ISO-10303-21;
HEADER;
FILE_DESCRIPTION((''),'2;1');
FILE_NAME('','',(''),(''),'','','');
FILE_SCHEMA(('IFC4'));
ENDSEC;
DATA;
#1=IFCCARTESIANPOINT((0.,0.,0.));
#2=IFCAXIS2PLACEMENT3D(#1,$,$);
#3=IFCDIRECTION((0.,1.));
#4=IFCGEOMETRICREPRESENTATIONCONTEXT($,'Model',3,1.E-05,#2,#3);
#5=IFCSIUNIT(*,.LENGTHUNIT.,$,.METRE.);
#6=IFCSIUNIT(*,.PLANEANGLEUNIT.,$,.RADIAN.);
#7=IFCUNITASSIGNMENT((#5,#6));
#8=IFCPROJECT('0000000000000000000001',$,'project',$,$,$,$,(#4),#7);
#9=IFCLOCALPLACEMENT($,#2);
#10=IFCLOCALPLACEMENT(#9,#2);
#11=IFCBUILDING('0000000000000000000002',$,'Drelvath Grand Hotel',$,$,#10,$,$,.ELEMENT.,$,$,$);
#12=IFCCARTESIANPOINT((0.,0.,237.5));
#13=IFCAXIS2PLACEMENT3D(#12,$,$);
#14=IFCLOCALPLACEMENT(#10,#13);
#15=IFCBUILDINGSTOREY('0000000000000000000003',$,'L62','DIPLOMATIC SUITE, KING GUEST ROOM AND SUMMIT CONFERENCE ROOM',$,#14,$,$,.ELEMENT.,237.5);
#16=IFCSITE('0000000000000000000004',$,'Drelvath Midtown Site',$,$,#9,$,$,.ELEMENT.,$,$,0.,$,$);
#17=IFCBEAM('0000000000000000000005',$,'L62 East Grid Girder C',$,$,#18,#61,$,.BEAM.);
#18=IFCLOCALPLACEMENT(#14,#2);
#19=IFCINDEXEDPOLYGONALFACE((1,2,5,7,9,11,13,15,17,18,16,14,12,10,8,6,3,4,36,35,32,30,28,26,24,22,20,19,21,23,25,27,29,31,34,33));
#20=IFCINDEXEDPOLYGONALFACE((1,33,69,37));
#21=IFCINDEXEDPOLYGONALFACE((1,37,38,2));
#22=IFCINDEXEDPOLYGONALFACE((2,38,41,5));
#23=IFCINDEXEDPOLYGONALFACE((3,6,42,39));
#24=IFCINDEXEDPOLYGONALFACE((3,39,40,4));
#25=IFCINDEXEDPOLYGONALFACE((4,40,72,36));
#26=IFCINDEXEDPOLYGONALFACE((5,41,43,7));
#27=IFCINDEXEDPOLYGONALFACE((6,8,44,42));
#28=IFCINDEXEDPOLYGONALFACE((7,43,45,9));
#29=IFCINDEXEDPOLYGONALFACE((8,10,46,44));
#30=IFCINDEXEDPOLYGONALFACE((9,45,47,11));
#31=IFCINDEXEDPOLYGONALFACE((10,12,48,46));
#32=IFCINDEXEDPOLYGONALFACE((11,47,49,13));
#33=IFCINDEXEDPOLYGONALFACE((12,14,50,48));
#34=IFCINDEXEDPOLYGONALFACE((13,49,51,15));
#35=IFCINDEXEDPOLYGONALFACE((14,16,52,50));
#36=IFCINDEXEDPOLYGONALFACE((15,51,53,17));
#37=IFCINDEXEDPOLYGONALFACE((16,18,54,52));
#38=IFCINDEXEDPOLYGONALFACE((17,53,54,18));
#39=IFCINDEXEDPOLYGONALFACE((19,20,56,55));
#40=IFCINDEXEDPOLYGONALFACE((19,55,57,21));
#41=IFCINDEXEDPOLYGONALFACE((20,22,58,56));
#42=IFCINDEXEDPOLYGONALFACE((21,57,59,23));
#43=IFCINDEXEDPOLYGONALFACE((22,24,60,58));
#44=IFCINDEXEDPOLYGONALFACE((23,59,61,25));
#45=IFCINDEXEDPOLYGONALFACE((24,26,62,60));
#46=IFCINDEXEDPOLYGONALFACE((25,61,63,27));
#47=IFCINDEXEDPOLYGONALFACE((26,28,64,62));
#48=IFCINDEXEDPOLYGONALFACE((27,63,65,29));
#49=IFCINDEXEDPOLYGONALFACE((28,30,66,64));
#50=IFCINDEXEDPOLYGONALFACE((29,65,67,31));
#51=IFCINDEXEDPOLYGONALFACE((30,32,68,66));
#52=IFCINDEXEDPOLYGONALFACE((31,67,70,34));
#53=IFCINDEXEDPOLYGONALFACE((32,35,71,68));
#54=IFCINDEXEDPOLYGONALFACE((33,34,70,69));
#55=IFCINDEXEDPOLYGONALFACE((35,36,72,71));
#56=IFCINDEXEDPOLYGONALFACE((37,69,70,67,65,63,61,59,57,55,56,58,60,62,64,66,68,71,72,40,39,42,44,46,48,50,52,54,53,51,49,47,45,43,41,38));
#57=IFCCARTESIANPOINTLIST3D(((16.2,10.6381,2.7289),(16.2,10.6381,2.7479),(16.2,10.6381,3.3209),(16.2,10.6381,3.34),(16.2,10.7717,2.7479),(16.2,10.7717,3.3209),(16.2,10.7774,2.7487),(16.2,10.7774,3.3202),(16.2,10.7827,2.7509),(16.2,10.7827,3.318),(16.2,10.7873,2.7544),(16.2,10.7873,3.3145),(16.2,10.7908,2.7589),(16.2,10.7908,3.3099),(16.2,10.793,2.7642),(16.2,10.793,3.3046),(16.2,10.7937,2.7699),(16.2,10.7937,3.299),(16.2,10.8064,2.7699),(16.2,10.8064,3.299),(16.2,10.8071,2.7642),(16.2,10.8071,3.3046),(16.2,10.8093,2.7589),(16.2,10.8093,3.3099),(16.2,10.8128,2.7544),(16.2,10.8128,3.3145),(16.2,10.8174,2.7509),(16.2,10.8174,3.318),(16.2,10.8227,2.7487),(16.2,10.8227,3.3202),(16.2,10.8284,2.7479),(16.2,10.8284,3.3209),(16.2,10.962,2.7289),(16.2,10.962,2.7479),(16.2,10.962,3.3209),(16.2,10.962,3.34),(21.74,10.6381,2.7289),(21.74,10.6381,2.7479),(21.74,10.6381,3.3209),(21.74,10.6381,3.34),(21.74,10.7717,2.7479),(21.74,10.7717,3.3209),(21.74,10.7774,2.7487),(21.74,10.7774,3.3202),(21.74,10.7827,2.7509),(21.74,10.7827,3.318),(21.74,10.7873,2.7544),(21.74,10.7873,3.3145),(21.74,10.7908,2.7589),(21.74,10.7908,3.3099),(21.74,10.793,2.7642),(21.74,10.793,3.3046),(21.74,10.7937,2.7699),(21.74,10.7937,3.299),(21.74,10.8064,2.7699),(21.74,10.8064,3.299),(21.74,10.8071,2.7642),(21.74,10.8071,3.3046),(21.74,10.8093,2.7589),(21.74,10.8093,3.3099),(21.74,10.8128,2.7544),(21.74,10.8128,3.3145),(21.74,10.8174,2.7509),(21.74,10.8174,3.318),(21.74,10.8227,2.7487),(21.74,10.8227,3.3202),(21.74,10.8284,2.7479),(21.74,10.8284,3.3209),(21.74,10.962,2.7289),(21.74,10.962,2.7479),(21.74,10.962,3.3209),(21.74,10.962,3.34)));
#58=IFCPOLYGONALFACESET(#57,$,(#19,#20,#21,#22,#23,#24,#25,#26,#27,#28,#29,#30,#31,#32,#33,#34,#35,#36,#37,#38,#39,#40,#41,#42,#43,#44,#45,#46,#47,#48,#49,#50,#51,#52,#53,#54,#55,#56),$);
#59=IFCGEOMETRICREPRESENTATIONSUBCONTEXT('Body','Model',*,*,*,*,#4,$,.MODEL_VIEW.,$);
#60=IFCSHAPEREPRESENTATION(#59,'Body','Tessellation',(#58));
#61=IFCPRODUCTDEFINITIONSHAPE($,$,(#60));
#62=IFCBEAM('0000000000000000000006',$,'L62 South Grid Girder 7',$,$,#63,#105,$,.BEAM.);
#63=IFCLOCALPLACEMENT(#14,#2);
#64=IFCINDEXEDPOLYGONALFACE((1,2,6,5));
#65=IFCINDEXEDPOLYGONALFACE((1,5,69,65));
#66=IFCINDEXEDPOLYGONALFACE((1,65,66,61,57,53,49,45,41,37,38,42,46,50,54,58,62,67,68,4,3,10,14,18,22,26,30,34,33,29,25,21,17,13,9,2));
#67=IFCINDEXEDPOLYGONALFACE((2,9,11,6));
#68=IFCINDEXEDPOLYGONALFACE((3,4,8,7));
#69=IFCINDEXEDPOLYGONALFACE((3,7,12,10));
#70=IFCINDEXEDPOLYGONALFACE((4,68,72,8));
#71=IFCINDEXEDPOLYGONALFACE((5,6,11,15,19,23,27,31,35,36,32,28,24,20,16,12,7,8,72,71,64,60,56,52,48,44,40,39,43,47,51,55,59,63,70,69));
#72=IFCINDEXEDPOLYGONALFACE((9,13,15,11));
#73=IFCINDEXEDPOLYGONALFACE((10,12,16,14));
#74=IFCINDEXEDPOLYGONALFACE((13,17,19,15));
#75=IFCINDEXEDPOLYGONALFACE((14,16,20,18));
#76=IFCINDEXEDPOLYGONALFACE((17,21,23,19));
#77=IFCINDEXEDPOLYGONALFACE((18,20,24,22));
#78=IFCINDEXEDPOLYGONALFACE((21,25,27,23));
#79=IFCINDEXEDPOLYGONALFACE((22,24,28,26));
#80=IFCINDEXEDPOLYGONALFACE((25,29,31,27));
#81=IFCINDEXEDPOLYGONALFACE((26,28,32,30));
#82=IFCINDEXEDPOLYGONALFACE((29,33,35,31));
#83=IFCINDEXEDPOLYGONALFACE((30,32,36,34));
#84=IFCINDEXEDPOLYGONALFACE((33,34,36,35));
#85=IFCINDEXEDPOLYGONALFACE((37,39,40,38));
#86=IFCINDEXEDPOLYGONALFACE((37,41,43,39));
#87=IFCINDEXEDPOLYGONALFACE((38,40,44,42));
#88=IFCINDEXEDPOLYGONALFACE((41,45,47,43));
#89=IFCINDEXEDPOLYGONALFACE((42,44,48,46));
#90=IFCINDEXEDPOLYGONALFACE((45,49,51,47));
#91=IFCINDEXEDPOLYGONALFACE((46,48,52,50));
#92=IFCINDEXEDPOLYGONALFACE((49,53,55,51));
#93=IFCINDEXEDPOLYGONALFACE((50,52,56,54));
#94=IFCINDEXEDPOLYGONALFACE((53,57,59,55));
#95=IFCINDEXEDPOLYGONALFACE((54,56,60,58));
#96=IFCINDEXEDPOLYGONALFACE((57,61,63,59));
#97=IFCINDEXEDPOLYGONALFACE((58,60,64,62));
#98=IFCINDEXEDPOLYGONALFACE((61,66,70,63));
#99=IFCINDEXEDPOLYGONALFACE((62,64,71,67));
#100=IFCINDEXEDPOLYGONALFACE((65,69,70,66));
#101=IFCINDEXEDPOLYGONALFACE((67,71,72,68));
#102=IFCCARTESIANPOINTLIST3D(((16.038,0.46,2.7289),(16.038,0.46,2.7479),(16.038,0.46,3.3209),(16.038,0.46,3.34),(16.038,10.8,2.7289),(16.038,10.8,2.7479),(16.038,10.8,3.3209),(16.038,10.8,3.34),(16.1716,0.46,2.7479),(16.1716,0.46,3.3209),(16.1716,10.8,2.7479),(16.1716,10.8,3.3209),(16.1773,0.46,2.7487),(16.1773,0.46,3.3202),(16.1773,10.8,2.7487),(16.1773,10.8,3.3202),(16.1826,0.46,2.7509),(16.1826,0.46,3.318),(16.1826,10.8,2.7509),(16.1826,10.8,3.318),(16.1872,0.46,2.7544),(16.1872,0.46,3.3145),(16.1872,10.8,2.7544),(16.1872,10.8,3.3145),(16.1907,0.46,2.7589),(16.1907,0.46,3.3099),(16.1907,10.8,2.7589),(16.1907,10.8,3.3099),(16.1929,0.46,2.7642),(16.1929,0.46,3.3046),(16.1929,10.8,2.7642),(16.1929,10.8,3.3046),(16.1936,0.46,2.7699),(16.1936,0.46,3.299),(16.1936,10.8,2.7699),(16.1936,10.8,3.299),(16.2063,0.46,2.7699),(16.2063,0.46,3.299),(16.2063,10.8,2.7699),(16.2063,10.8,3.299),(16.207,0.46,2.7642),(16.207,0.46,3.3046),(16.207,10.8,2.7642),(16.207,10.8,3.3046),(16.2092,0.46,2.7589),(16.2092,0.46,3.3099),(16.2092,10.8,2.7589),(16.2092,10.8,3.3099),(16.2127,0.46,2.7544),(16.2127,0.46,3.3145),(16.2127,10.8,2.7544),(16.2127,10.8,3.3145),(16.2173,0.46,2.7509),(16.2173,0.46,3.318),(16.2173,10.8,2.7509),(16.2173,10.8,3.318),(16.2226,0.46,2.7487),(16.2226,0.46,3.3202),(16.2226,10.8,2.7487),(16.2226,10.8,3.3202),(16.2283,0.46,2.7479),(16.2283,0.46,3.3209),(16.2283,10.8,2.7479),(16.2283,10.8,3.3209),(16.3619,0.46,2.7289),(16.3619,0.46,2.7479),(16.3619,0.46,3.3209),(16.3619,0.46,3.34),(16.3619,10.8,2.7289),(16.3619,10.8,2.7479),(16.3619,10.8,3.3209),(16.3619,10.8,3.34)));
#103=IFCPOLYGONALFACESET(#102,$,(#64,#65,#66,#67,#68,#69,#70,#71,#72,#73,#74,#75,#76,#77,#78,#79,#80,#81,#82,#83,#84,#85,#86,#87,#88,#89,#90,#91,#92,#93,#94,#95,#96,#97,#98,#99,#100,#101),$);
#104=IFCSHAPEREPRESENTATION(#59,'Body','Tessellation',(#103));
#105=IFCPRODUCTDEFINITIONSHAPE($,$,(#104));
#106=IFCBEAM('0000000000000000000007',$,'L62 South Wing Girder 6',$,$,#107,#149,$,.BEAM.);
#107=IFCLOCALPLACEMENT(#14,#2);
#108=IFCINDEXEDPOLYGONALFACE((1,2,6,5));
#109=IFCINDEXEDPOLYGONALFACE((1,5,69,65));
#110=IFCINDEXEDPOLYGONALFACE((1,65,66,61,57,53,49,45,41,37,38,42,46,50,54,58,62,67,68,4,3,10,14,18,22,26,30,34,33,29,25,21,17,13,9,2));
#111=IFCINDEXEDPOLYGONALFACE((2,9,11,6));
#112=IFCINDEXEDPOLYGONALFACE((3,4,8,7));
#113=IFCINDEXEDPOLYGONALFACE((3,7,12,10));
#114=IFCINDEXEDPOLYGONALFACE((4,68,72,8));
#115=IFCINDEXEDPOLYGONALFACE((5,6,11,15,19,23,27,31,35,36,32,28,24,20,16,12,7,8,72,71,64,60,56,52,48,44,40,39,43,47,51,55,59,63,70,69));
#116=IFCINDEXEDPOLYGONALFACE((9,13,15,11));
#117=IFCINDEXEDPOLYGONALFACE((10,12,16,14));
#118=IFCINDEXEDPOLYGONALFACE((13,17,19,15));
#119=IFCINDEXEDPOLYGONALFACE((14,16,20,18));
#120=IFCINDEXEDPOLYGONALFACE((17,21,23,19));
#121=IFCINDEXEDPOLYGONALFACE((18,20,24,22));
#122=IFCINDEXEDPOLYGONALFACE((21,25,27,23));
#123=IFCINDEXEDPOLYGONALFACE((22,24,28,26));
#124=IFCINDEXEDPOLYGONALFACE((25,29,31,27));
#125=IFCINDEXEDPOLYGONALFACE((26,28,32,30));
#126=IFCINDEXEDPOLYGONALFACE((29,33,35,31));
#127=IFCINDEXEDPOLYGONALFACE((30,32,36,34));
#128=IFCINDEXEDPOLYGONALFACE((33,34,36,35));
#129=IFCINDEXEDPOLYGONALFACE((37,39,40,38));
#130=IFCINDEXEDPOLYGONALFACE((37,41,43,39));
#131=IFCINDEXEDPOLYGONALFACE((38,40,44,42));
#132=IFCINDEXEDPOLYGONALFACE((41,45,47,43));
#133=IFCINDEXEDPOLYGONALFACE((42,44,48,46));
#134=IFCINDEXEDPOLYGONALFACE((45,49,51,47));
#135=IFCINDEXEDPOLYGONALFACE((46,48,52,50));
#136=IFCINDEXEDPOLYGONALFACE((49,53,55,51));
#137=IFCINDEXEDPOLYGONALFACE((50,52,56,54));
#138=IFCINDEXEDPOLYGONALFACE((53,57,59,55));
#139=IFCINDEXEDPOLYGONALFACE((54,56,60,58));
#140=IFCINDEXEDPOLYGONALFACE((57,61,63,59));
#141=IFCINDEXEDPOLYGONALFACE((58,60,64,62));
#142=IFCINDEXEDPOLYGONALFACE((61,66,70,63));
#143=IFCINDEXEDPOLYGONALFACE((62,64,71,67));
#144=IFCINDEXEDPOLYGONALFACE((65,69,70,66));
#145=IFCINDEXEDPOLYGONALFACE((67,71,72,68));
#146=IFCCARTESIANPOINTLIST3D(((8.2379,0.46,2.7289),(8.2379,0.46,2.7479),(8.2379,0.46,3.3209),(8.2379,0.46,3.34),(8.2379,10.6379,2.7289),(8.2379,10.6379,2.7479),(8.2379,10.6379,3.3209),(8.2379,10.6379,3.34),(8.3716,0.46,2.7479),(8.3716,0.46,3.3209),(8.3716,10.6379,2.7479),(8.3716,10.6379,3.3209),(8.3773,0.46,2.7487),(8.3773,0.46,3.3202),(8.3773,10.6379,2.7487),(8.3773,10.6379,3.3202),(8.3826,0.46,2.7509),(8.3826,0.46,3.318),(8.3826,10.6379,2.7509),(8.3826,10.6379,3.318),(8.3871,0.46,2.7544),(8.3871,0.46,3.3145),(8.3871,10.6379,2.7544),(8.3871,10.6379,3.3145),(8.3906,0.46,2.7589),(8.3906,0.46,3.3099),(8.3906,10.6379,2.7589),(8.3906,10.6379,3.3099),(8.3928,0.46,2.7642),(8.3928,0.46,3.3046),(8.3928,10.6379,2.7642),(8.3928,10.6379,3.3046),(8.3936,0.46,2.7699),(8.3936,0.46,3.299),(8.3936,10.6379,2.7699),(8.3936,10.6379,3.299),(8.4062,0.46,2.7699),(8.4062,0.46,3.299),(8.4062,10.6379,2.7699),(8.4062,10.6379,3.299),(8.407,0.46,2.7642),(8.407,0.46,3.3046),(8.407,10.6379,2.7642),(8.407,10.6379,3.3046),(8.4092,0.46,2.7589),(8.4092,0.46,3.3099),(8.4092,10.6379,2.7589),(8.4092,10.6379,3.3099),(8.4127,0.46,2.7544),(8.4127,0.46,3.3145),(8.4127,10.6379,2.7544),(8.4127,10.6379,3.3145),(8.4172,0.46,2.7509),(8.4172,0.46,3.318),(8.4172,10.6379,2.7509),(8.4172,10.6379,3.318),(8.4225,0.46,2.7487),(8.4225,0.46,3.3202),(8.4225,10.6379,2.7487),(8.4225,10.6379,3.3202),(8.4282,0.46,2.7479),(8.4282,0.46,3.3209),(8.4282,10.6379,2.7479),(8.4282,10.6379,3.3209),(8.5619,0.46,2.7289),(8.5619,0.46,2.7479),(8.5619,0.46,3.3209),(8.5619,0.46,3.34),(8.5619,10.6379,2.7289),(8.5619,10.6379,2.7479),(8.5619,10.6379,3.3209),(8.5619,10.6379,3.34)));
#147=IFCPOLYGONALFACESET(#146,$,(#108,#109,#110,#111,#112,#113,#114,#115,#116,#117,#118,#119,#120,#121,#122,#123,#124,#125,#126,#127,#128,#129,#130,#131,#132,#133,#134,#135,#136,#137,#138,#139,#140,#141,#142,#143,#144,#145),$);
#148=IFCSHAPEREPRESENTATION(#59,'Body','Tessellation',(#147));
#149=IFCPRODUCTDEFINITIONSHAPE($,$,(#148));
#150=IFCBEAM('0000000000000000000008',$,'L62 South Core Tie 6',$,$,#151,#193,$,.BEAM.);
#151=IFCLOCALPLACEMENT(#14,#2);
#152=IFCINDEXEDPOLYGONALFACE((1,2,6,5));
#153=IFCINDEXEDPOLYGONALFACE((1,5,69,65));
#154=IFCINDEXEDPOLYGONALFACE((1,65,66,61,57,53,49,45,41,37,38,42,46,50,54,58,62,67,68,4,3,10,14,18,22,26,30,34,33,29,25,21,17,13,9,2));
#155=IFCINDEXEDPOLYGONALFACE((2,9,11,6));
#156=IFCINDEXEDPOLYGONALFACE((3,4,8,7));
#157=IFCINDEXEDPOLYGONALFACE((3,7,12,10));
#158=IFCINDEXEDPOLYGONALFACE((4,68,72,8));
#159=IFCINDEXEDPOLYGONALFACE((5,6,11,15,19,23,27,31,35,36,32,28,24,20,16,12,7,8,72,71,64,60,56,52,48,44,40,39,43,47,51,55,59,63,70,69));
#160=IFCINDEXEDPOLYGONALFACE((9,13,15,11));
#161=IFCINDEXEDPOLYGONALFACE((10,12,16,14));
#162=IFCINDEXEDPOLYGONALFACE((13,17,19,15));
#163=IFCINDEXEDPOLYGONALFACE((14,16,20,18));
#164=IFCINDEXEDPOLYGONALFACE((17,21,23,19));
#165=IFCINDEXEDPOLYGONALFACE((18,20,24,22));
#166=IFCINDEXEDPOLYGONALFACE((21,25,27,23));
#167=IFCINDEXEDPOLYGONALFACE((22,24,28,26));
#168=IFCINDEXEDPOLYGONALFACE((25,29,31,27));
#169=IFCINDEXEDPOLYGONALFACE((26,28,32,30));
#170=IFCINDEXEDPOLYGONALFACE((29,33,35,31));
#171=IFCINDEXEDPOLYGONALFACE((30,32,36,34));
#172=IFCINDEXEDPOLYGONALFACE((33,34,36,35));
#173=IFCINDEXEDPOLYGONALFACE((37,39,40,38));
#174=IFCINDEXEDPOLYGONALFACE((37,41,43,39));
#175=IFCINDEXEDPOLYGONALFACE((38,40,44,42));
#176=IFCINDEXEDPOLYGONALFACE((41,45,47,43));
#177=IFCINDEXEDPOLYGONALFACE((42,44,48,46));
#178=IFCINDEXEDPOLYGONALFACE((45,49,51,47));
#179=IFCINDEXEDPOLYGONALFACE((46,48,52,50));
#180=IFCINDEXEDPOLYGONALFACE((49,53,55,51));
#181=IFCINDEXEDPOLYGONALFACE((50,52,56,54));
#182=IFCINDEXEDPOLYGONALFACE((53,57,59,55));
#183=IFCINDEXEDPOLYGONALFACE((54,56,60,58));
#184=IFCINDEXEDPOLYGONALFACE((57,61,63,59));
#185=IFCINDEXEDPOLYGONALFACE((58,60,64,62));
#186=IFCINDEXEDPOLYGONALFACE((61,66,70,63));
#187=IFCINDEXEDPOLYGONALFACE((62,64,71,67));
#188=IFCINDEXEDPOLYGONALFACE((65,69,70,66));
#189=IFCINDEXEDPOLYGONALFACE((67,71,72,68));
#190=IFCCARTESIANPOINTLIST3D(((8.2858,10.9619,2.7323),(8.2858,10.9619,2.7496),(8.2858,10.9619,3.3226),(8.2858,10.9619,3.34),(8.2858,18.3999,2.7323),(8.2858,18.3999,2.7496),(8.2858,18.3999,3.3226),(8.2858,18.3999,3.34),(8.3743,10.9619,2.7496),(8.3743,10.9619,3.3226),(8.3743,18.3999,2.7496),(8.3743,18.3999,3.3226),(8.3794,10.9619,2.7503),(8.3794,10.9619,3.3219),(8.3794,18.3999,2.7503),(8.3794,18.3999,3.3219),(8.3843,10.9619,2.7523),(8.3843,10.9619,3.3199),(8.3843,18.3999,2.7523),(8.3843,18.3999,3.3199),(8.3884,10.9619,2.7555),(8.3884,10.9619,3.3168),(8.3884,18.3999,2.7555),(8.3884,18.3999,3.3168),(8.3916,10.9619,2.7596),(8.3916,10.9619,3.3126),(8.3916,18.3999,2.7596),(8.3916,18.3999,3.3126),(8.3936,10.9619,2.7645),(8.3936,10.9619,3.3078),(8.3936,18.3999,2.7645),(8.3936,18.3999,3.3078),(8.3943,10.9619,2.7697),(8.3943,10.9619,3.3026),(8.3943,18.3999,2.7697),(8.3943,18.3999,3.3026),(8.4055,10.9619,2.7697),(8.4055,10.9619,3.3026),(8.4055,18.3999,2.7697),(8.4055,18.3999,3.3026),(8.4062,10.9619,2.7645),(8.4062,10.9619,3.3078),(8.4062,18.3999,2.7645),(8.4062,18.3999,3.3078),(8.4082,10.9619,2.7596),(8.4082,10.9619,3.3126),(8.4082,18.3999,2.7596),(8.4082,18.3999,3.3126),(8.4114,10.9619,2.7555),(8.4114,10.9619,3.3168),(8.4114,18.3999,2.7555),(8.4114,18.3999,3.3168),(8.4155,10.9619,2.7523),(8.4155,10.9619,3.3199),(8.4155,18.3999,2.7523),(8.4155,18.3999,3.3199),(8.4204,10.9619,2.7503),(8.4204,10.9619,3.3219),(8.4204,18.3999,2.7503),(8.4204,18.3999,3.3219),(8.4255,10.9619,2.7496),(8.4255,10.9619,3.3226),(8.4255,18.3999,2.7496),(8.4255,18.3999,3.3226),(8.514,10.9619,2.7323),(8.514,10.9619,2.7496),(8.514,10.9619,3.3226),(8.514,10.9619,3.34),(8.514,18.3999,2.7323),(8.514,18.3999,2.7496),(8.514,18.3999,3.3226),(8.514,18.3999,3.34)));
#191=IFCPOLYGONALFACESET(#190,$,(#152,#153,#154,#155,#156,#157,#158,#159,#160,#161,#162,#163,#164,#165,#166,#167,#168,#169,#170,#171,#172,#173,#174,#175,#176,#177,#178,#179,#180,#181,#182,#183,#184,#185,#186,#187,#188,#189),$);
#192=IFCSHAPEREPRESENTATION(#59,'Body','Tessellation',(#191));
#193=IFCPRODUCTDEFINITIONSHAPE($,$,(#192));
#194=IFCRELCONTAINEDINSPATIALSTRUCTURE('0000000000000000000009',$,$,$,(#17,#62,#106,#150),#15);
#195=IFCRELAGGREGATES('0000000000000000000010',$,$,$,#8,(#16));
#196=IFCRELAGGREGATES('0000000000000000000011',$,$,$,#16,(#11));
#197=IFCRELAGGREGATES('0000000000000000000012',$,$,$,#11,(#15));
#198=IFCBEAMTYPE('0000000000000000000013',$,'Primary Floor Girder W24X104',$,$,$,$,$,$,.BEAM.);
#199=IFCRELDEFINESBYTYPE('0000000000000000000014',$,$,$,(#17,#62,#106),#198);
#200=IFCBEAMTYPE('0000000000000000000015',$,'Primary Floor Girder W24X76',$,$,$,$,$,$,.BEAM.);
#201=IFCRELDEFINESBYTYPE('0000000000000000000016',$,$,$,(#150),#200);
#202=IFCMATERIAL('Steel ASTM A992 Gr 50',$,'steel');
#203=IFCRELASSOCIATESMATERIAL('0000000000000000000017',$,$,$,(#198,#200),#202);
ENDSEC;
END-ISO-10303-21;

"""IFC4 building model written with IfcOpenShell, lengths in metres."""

from ifc_helpers import new_model, si_unit, direction, frame, origin, origin_2d, place, context, subcontext, project, spatial, i_section, extrude, material, material_profile, profile_set, type_object, element, save


model = new_model("IFC4")

# Units and contexts
model_context = context("Model", 3, precision=1e-05, world=origin(), true_north=direction((0.0, 1.0)))
body_context = subcontext(model_context, "Body", "Model", "MODEL_VIEW")
ifc_project = project(units=[si_unit("LENGTHUNIT", "METRE"), si_unit("PLANEANGLEUNIT", "RADIAN")], contexts=[model_context])

# Site, building, storey
site_placement = place(None, origin())
site = spatial("IfcSite", under=ifc_project, at=site_placement, Name="Drelvath Midtown Site", CompositionType="ELEMENT", RefElevation=0.0)
building_placement = place(site_placement, origin())
building = spatial("IfcBuilding", under=site, at=building_placement, Name="Drelvath Grand Hotel", CompositionType="ELEMENT")
storey_placement = place(building_placement, frame((0.0, 0.0, 237.5)))
storey = spatial("IfcBuildingStorey", under=building, at=storey_placement, Name="L62", Description="DIPLOMATIC SUITE, KING GUEST ROOM AND SUMMIT CONFERENCE ROOM", CompositionType="ELEMENT", Elevation=237.5)

# Shared definitions
ifc_material_1 = material(Name="Steel ASTM A992 Gr 50", Category="steel")

# Beams
ifc_material_profile_1 = material_profile(ifc_material_1, i_section(OverallWidth=0.324, OverallDepth=0.6111, WebThickness=0.0127, FlangeThickness=0.019, FilletRadius=0.022, at=origin_2d()), Name="W24X104")
ifc_profile_set_1 = profile_set([ifc_material_profile_1], Name="Steel ASTM A992 Gr 50")
beam_type_1 = type_object("IfcBeamType", Name="Primary Floor Girder W24X104", PredefinedType="BEAM", material=ifc_profile_set_1)
beam_1_placement = place(storey_placement, frame((16.2, 10.8, 3.0344), z_axis=(1.0, 0.0, 0.0), x_axis=(0.0, 1.0, 0.0)))
element("IfcBeam", 1, at=beam_1_placement, inside=storey, type_object=beam_type_1, Name="L62 East Grid Girder C", PredefinedType="BEAM", context=body_context, shape_type="SweptSolid", body=[
    extrude(i_section(OverallWidth=0.324, OverallDepth=0.6111, WebThickness=0.0127, FlangeThickness=0.019, FilletRadius=0.022, at=origin_2d()), origin(), (0.0, 0.0, 1.0), 5.54),
])
beam_2_placement = place(storey_placement, frame((16.2, 0.46, 3.0344), z_axis=(0.0, 1.0, 0.0), x_axis=(-1.0, 0.0, 0.0)))
element("IfcBeam", 2, at=beam_2_placement, inside=storey, type_object=beam_type_1, Name="L62 South Grid Girder 7", PredefinedType="BEAM", context=body_context, shape_type="SweptSolid", body=[
    extrude(i_section(OverallWidth=0.324, OverallDepth=0.6111, WebThickness=0.0127, FlangeThickness=0.019, FilletRadius=0.022, at=origin_2d()), origin(), (0.0, 0.0, 1.0), 10.3401),
])
beam_3_placement = place(storey_placement, frame((8.3999, 0.46, 3.0344), z_axis=(0.0, 1.0, 0.0), x_axis=(-1.0, 0.0, 0.0)))
element("IfcBeam", 3, at=beam_3_placement, inside=storey, type_object=beam_type_1, Name="L62 South Wing Girder 6", PredefinedType="BEAM", context=body_context, shape_type="SweptSolid", body=[
    extrude(i_section(OverallWidth=0.324, OverallDepth=0.6111, WebThickness=0.0127, FlangeThickness=0.019, FilletRadius=0.022, at=origin_2d()), origin(), (0.0, 0.0, 1.0), 10.178),
])
ifc_material_profile_2 = material_profile(ifc_material_1, i_section(OverallWidth=0.2283, OverallDepth=0.6077, WebThickness=0.0112, FlangeThickness=0.0173, FilletRadius=0.02, at=origin_2d()), Name="W24X76")
ifc_profile_set_2 = profile_set([ifc_material_profile_2], Name="Steel ASTM A992 Gr 50")
beam_type_2 = type_object("IfcBeamType", Name="Primary Floor Girder W24X76", PredefinedType="BEAM", material=ifc_profile_set_2)
beam_4_placement = place(storey_placement, frame((8.3999, 10.9619, 3.0361), z_axis=(0.0, 1.0, 0.0), x_axis=(-1.0, 0.0, 0.0)))
element("IfcBeam", 4, at=beam_4_placement, inside=storey, type_object=beam_type_2, Name="L62 South Core Tie 6", PredefinedType="BEAM", context=body_context, shape_type="SweptSolid", body=[
    extrude(i_section(OverallWidth=0.2283, OverallDepth=0.6077, WebThickness=0.0112, FlangeThickness=0.0173, FilletRadius=0.02, at=origin_2d()), origin(), (0.0, 0.0, 1.0), 7.438),
])

save(model, "model.ifc")
